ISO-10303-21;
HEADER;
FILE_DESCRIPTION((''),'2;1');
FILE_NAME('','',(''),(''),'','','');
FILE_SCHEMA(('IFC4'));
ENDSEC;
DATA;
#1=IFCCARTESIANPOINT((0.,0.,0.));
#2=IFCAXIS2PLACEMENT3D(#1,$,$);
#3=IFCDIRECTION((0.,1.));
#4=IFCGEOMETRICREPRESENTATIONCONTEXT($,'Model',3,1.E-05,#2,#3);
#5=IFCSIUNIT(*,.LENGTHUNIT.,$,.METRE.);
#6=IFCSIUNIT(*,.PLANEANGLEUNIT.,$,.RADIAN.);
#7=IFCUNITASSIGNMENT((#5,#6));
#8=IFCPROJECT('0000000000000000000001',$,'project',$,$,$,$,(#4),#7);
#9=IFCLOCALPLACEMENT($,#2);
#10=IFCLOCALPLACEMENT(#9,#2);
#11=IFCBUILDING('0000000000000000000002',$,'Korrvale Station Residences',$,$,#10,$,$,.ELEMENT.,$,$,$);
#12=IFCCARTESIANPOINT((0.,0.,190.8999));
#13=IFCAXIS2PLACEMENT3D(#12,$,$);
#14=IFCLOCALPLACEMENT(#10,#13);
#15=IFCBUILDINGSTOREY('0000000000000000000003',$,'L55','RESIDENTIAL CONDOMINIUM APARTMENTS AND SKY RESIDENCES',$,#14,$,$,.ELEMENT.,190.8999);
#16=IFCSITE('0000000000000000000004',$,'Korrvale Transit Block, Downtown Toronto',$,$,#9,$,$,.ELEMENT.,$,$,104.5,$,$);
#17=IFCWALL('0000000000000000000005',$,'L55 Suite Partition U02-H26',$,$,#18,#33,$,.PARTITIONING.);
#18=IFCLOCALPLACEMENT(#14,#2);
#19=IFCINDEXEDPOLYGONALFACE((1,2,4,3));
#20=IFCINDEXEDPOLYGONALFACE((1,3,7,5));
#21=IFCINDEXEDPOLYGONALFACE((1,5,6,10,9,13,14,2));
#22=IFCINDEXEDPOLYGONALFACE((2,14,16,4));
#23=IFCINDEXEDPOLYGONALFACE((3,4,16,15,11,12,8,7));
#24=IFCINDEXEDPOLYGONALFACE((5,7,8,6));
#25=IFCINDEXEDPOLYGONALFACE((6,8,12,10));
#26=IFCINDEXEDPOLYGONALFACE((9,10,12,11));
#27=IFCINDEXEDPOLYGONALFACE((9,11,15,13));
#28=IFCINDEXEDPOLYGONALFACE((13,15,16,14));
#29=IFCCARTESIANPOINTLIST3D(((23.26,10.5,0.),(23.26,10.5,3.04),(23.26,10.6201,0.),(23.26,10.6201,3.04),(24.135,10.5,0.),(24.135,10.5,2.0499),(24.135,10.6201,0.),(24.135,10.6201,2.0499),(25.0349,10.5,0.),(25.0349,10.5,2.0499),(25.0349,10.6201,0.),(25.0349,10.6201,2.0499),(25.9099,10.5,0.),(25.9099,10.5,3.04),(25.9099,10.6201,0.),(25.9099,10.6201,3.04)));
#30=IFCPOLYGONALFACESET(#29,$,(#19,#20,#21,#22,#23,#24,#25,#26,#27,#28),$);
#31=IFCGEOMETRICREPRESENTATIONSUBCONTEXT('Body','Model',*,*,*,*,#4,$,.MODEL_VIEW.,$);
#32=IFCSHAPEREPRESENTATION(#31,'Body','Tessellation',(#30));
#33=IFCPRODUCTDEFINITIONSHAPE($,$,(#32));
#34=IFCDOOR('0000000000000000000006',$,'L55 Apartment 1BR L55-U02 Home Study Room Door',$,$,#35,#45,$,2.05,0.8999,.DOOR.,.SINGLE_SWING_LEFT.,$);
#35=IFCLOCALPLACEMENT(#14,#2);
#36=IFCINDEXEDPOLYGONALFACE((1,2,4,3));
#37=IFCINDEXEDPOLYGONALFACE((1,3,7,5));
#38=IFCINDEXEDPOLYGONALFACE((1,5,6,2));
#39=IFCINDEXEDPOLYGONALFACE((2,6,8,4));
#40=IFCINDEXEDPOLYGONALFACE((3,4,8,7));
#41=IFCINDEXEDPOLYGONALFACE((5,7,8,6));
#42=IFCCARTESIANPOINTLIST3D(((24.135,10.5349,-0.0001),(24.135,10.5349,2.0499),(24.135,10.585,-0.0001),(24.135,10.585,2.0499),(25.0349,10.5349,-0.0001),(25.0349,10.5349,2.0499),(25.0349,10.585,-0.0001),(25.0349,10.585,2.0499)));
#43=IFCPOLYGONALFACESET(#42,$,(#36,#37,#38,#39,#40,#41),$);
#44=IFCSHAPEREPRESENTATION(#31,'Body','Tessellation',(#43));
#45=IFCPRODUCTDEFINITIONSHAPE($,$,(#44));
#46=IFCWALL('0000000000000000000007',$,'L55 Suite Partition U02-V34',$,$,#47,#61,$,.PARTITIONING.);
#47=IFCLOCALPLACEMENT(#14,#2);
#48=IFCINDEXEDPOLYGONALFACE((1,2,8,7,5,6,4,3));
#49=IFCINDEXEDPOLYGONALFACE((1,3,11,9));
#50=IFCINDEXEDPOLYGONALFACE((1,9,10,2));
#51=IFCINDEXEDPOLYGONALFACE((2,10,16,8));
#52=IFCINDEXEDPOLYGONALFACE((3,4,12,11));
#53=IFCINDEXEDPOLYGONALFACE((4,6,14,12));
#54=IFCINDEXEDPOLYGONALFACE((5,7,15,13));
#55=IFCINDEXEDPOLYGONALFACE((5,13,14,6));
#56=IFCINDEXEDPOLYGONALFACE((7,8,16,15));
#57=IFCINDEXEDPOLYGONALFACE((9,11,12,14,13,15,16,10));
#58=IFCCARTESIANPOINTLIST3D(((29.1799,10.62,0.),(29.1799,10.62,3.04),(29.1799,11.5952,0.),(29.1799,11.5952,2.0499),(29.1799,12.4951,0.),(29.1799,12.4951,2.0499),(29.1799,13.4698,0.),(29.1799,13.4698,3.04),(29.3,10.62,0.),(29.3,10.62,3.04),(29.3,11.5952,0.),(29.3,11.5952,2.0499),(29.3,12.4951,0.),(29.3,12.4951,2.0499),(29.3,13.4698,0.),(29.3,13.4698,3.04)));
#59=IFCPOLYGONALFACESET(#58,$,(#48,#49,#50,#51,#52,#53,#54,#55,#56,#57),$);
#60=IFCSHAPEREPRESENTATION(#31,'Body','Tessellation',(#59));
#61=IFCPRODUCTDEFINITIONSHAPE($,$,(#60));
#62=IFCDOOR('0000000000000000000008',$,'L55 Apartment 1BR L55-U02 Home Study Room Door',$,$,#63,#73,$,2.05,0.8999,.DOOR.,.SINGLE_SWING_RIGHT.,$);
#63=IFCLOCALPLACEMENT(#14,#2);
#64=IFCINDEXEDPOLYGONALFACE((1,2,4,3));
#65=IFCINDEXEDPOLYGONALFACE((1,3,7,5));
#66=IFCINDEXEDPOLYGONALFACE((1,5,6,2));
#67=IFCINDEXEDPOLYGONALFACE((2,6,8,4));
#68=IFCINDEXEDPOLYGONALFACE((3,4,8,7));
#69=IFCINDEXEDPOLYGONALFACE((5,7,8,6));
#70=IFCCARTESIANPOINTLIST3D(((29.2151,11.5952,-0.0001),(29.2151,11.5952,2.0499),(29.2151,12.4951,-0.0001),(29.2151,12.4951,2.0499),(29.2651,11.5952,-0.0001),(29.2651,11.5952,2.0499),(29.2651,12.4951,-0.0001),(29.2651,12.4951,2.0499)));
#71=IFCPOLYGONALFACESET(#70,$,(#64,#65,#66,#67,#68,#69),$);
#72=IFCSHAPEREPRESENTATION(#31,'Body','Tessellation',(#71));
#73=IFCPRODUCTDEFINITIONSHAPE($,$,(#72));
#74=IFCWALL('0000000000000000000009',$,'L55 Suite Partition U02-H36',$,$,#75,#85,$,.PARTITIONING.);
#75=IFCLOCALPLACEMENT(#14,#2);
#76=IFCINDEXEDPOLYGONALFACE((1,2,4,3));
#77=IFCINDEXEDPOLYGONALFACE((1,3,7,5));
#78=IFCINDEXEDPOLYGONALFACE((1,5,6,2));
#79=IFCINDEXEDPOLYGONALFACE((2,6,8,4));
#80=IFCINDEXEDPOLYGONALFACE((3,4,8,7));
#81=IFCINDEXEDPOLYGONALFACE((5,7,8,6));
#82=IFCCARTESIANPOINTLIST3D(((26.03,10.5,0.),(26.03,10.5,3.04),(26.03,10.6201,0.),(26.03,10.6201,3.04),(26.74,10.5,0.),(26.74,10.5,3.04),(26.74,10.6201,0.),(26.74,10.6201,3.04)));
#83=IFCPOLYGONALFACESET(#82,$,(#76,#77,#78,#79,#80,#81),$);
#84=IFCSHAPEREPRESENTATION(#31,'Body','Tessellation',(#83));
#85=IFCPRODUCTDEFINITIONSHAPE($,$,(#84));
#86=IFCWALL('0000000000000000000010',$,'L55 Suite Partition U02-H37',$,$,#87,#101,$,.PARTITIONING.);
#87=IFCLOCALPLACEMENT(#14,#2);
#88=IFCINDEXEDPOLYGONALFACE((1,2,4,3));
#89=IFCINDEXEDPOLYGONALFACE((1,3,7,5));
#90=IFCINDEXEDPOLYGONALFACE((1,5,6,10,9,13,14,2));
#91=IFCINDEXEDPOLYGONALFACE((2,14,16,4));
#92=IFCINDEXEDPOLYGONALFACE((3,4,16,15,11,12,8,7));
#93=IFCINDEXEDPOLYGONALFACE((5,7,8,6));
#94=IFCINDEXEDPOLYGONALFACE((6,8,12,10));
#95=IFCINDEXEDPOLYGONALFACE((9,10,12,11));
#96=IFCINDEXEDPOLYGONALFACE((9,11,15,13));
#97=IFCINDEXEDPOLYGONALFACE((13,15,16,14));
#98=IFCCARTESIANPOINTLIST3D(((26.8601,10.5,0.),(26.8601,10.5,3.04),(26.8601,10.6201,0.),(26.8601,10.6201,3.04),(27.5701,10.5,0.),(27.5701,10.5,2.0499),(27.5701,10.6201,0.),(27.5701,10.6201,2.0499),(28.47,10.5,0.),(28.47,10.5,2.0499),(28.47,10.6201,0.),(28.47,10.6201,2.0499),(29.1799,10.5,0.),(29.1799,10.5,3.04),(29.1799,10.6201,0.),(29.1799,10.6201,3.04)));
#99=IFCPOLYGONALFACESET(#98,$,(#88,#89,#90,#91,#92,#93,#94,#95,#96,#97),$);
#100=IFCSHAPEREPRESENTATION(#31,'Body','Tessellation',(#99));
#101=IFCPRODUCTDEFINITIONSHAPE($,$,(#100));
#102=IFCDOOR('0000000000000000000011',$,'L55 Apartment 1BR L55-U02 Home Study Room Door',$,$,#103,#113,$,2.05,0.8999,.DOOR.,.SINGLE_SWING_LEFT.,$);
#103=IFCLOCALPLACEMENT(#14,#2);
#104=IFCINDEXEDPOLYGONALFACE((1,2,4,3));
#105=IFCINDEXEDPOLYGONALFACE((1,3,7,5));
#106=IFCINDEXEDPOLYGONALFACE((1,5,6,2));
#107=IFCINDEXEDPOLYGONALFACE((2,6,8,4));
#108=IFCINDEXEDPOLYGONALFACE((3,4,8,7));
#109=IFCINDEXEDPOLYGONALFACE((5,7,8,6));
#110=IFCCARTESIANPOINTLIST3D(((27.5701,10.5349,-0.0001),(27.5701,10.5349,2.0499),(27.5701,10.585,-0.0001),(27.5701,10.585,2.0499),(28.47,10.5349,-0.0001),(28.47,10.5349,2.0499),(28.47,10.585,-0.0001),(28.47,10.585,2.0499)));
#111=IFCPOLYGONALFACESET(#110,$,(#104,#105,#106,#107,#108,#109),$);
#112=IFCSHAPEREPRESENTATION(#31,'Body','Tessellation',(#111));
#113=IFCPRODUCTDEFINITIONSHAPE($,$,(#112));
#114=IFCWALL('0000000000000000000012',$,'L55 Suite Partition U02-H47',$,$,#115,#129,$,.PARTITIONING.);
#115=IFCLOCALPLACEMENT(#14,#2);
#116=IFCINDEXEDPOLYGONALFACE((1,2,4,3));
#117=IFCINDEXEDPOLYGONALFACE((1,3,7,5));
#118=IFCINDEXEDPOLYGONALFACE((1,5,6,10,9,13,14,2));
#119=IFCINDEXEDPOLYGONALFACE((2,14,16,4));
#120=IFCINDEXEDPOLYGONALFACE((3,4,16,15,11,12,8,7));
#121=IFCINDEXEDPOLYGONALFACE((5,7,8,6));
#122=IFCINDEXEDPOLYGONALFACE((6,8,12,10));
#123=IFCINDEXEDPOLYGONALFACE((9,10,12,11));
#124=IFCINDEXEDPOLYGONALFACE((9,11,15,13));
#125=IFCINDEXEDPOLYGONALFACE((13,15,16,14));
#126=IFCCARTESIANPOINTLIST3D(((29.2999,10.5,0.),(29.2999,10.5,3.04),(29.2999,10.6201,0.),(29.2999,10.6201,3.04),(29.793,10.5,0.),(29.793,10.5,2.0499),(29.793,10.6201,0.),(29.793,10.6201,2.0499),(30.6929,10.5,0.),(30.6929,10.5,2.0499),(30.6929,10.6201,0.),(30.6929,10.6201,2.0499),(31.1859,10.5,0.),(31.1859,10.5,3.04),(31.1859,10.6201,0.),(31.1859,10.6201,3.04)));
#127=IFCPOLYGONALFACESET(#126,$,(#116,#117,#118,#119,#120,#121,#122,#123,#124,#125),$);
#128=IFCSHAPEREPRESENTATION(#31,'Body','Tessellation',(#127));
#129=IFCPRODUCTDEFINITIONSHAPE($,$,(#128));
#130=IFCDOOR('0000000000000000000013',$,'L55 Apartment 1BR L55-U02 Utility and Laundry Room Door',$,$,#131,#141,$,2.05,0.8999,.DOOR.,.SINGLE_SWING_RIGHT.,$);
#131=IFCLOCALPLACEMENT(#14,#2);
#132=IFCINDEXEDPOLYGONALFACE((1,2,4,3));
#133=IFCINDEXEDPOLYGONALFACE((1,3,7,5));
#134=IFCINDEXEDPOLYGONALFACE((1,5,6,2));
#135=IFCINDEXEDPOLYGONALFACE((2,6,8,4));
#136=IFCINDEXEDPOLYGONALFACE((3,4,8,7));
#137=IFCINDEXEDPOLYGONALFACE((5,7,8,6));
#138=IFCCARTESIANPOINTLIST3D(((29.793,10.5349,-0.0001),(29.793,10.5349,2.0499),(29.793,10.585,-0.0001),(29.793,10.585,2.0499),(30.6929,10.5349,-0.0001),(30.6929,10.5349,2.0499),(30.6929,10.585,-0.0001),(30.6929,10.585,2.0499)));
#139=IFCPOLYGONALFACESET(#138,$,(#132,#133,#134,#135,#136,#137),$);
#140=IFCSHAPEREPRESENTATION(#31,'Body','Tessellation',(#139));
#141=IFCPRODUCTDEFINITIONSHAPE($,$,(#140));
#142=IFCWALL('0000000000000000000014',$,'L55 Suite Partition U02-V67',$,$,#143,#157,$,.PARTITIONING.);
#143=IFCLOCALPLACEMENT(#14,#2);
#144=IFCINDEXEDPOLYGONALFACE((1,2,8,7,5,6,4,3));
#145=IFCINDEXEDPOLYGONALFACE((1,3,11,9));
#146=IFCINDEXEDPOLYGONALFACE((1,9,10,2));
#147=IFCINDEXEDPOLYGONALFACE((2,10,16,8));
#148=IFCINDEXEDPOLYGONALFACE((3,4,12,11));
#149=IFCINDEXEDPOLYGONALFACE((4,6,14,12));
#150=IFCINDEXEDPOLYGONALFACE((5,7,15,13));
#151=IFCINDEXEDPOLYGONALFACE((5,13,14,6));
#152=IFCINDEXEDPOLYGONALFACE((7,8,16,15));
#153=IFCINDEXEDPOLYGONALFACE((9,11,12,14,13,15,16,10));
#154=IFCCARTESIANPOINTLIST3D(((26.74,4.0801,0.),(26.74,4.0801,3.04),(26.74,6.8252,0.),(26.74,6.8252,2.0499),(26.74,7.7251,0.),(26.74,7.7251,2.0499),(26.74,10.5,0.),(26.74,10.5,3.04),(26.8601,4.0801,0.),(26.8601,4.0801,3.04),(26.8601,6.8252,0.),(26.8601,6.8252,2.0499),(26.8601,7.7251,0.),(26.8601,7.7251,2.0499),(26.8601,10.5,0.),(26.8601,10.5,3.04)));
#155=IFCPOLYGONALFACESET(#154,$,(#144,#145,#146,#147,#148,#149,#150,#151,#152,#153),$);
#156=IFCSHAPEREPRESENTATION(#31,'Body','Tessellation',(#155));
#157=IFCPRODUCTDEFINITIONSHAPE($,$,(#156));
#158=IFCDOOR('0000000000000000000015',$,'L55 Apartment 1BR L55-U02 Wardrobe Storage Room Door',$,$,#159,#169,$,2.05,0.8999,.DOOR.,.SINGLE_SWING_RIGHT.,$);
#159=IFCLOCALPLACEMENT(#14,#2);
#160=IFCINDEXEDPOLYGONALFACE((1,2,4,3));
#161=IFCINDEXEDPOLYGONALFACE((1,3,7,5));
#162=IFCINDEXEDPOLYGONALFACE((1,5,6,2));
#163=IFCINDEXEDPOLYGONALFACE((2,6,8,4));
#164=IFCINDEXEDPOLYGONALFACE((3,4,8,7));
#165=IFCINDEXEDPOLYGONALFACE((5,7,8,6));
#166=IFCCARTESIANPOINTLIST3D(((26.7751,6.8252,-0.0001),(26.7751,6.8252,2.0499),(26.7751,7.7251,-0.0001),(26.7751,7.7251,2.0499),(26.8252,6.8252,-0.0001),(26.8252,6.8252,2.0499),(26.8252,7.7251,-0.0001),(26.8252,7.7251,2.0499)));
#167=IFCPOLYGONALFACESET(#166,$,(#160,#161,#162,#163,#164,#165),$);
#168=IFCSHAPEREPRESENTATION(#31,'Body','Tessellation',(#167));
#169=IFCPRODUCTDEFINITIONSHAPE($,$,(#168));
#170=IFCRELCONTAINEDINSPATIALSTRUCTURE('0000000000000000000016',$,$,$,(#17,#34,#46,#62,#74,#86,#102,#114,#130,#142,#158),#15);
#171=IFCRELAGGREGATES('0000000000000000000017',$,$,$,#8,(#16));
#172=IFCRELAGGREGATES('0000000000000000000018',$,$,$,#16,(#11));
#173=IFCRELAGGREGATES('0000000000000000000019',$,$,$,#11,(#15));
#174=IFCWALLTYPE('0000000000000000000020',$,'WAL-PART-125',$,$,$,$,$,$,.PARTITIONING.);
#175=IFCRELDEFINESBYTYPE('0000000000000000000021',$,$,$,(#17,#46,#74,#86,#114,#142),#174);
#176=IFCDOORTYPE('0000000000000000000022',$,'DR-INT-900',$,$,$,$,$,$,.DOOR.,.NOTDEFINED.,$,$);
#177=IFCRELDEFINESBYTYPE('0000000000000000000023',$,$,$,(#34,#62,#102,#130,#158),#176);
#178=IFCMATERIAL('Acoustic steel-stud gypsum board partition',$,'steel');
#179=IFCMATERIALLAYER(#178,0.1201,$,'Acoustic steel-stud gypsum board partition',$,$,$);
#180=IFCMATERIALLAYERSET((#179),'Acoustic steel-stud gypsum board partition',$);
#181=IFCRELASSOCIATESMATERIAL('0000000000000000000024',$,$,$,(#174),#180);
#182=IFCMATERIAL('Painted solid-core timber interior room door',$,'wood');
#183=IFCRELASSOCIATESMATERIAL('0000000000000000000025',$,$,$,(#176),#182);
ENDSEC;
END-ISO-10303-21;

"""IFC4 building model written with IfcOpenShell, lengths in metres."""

from ifc_helpers import new_model, si_unit, direction, frame, frame_2d, origin, place, context, subcontext, project, spatial, rectangle, extrude, material, layer, layer_set, type_object, element, fill, save


model = new_model("IFC4")

# Units and contexts
model_context = context("Model", 3, precision=1e-05, world=origin(), true_north=direction((0.0, 1.0)))
body_context = subcontext(model_context, "Body", "Model", "MODEL_VIEW")
ifc_project = project(units=[si_unit("LENGTHUNIT", "METRE"), si_unit("PLANEANGLEUNIT", "RADIAN")], contexts=[model_context])

# Site, building, storey
site_placement = place(None, origin())
site = spatial("IfcSite", under=ifc_project, at=site_placement, Name="Korrvale Transit Block, Downtown Toronto", CompositionType="ELEMENT", RefElevation=104.5)
building_placement = place(site_placement, origin())
building = spatial("IfcBuilding", under=site, at=building_placement, Name="Korrvale Station Residences", CompositionType="ELEMENT")
storey_placement = place(building_placement, frame((0.0, 0.0, 190.8999)))
storey = spatial("IfcBuildingStorey", under=building, at=storey_placement, Name="L55", Description="RESIDENTIAL CONDOMINIUM APARTMENTS AND SKY RESIDENCES", CompositionType="ELEMENT", Elevation=190.8999)

# Walls, openings, doors
ifc_material_1 = material(Name="Acoustic steel-stud gypsum board partition", Category="steel")
ifc_layer_1 = layer(ifc_material_1, 0.1201, Name="Acoustic steel-stud gypsum board partition")
ifc_layer_set_1 = layer_set([ifc_layer_1], Name="Acoustic steel-stud gypsum board partition")
wall_type_1 = type_object("IfcWallType", Name="WAL-PART-125", PredefinedType="PARTITIONING", material=ifc_layer_set_1)
ifc_material_2 = material(Name="Painted solid-core timber interior room door", Category="wood")
door_type = type_object("IfcDoorType", Name="DR-INT-900", OperationType="NOTDEFINED", PredefinedType="DOOR", material=ifc_material_2)
wall_1_placement = place(storey_placement, frame((23.26, 10.5601, 0.0), z_axis=(0.0, 0.0, 1.0), x_axis=(1.0, 0.0, 0.0)))
wall_1 = element("IfcWall", 1, at=wall_1_placement, inside=storey, type_object=wall_type_1, Name="L55 Suite Partition U02-H26", PredefinedType="PARTITIONING", context=body_context, shape_type="SweptSolid", body=[
    extrude(rectangle(XDim=2.6499, YDim=0.1201, at=frame_2d((1.325, 0.0))), origin(), (0.0, 0.0, 1.0), 3.04),
])
opening_1_placement = place(wall_1_placement, frame((0.875, 0.0, 0.0)))
opening_1 = element("IfcOpeningElement", 2, at=opening_1_placement, cuts=wall_1, PredefinedType="OPENING", context=body_context, shape_type="SweptSolid", body=[
    extrude(rectangle(XDim=0.8999, YDim=2.05, at=frame_2d((0.45, 1.0249))), frame((0.0, 0.0701, 0.0), z_axis=(0.0, -1.0, 0.0), x_axis=(1.0, 0.0, 0.0)), (0.0, 0.0, 1.0), 0.1401),
])
door_1_placement = place(opening_1_placement, origin())
door_1 = element("IfcDoor", 3, at=door_1_placement, inside=storey, type_object=door_type, Name="L55 Apartment 1BR L55-U02 Home Study Room Door", OperationType="SINGLE_SWING_LEFT", OverallHeight=2.05, OverallWidth=0.8999, PredefinedType="DOOR", context=body_context, shape_type="SweptSolid", body=[
    extrude(rectangle(XDim=0.8999, YDim=2.05, at=frame_2d((0.45, 1.0249))), frame((0.0, 0.0249, 0.0), z_axis=(0.0, -1.0, 0.0), x_axis=(1.0, 0.0, 0.0)), (0.0, 0.0, 1.0), 0.05),
])
fill(opening_1, door_1)
wall_2_placement = place(storey_placement, frame((29.24, 10.6201, 0.0), z_axis=(0.0, 0.0, 1.0), x_axis=(0.0, 1.0, 0.0)))
wall_2 = element("IfcWall", 4, at=wall_2_placement, inside=storey, type_object=wall_type_1, Name="L55 Suite Partition U02-V34", PredefinedType="PARTITIONING", context=body_context, shape_type="SweptSolid", body=[
    extrude(rectangle(XDim=2.8499, YDim=0.1201, at=frame_2d((1.4248, 0.0))), origin(), (0.0, 0.0, 1.0), 3.04),
])
opening_2_placement = place(wall_2_placement, frame((0.9751, 0.0, 0.0)))
opening_2 = element("IfcOpeningElement", 5, at=opening_2_placement, cuts=wall_2, PredefinedType="OPENING", context=body_context, shape_type="SweptSolid", body=[
    extrude(rectangle(XDim=0.8999, YDim=2.05, at=frame_2d((0.45, 1.0249))), frame((0.0, 0.0701, 0.0), z_axis=(0.0, -1.0, 0.0), x_axis=(1.0, 0.0, 0.0)), (0.0, 0.0, 1.0), 0.1401),
])
door_2_placement = place(opening_2_placement, origin())
door_2 = element("IfcDoor", 6, at=door_2_placement, inside=storey, type_object=door_type, Name="L55 Apartment 1BR L55-U02 Home Study Room Door", OperationType="SINGLE_SWING_RIGHT", OverallHeight=2.05, OverallWidth=0.8999, PredefinedType="DOOR", context=body_context, shape_type="SweptSolid", body=[
    extrude(rectangle(XDim=0.8999, YDim=2.05, at=frame_2d((0.45, 1.0249))), frame((0.0, 0.0249, 0.0), z_axis=(0.0, -1.0, 0.0), x_axis=(1.0, 0.0, 0.0)), (0.0, 0.0, 1.0), 0.05),
])
fill(opening_2, door_2)

# Wall
wall_3_placement = place(storey_placement, frame((26.03, 10.5601, 0.0), z_axis=(0.0, 0.0, 1.0), x_axis=(1.0, 0.0, 0.0)))
element("IfcWall", 7, at=wall_3_placement, inside=storey, type_object=wall_type_1, Name="L55 Suite Partition U02-H36", PredefinedType="PARTITIONING", context=body_context, shape_type="SweptSolid", body=[
    extrude(rectangle(XDim=0.71, YDim=0.1201, at=frame_2d((0.355, 0.0))), origin(), (0.0, 0.0, 1.0), 3.04),
])

# Walls, openings, doors
wall_4_placement = place(storey_placement, frame((26.8601, 10.5601, 0.0), z_axis=(0.0, 0.0, 1.0), x_axis=(1.0, 0.0, 0.0)))
wall_4 = element("IfcWall", 8, at=wall_4_placement, inside=storey, type_object=wall_type_1, Name="L55 Suite Partition U02-H37", PredefinedType="PARTITIONING", context=body_context, shape_type="SweptSolid", body=[
    extrude(rectangle(XDim=2.3198, YDim=0.1201, at=frame_2d((1.1599, 0.0))), origin(), (0.0, 0.0, 1.0), 3.04),
])
opening_3_placement = place(wall_4_placement, frame((0.71, 0.0, 0.0)))
opening_3 = element("IfcOpeningElement", 9, at=opening_3_placement, cuts=wall_4, PredefinedType="OPENING", context=body_context, shape_type="SweptSolid", body=[
    extrude(rectangle(XDim=0.8999, YDim=2.05, at=frame_2d((0.45, 1.0249))), frame((0.0, 0.0701, 0.0), z_axis=(0.0, -1.0, 0.0), x_axis=(1.0, 0.0, 0.0)), (0.0, 0.0, 1.0), 0.1401),
])
door_3_placement = place(opening_3_placement, origin())
door_3 = element("IfcDoor", 10, at=door_3_placement, inside=storey, type_object=door_type, Name="L55 Apartment 1BR L55-U02 Home Study Room Door", OperationType="SINGLE_SWING_LEFT", OverallHeight=2.05, OverallWidth=0.8999, PredefinedType="DOOR", context=body_context, shape_type="SweptSolid", body=[
    extrude(rectangle(XDim=0.8999, YDim=2.05, at=frame_2d((0.45, 1.0249))), frame((0.0, 0.0249, 0.0), z_axis=(0.0, -1.0, 0.0), x_axis=(1.0, 0.0, 0.0)), (0.0, 0.0, 1.0), 0.05),
])
fill(opening_3, door_3)
wall_5_placement = place(storey_placement, frame((29.3, 10.5601, 0.0), z_axis=(0.0, 0.0, 1.0), x_axis=(1.0, 0.0, 0.0)))
wall_5 = element("IfcWall", 11, at=wall_5_placement, inside=storey, type_object=wall_type_1, Name="L55 Suite Partition U02-H47", PredefinedType="PARTITIONING", context=body_context, shape_type="SweptSolid", body=[
    extrude(rectangle(XDim=1.886, YDim=0.1201, at=frame_2d((0.9429, 0.0))), origin(), (0.0, 0.0, 1.0), 3.04),
])
opening_4_placement = place(wall_5_placement, frame((0.4929, 0.0, 0.0)))
opening_4 = element("IfcOpeningElement", 12, at=opening_4_placement, cuts=wall_5, PredefinedType="OPENING", context=body_context, shape_type="SweptSolid", body=[
    extrude(rectangle(XDim=0.8999, YDim=2.05, at=frame_2d((0.45, 1.0249))), frame((0.0, 0.0701, 0.0), z_axis=(0.0, -1.0, 0.0), x_axis=(1.0, 0.0, 0.0)), (0.0, 0.0, 1.0), 0.1401),
])
door_4_placement = place(opening_4_placement, origin())
door_4 = element("IfcDoor", 13, at=door_4_placement, inside=storey, type_object=door_type, Name="L55 Apartment 1BR L55-U02 Utility and Laundry Room Door", OperationType="SINGLE_SWING_RIGHT", OverallHeight=2.05, OverallWidth=0.8999, PredefinedType="DOOR", context=body_context, shape_type="SweptSolid", body=[
    extrude(rectangle(XDim=0.8999, YDim=2.05, at=frame_2d((0.45, 1.0249))), frame((0.0, 0.0249, 0.0), z_axis=(0.0, -1.0, 0.0), x_axis=(1.0, 0.0, 0.0)), (0.0, 0.0, 1.0), 0.05),
])
fill(opening_4, door_4)
wall_6_placement = place(storey_placement, frame((26.8, 4.0801, 0.0), z_axis=(0.0, 0.0, 1.0), x_axis=(0.0, 1.0, 0.0)))
wall_6 = element("IfcWall", 14, at=wall_6_placement, inside=storey, type_object=wall_type_1, Name="L55 Suite Partition U02-V67", PredefinedType="PARTITIONING", context=body_context, shape_type="SweptSolid", body=[
    extrude(rectangle(XDim=6.4199, YDim=0.1201, at=frame_2d((3.21, 0.0))), origin(), (0.0, 0.0, 1.0), 3.04),
])
opening_5_placement = place(wall_6_placement, frame((2.7451, 0.0, 0.0)))
opening_5 = element("IfcOpeningElement", 15, at=opening_5_placement, cuts=wall_6, PredefinedType="OPENING", context=body_context, shape_type="SweptSolid", body=[
    extrude(rectangle(XDim=0.8999, YDim=2.05, at=frame_2d((0.45, 1.0249))), frame((0.0, 0.0701, 0.0), z_axis=(0.0, -1.0, 0.0), x_axis=(1.0, 0.0, 0.0)), (0.0, 0.0, 1.0), 0.1401),
])
door_5_placement = place(opening_5_placement, origin())
door_5 = element("IfcDoor", 16, at=door_5_placement, inside=storey, type_object=door_type, Name="L55 Apartment 1BR L55-U02 Wardrobe Storage Room Door", OperationType="SINGLE_SWING_RIGHT", OverallHeight=2.05, OverallWidth=0.8999, PredefinedType="DOOR", context=body_context, shape_type="SweptSolid", body=[
    extrude(rectangle(XDim=0.8999, YDim=2.05, at=frame_2d((0.45, 1.0249))), frame((0.0, 0.0249, 0.0), z_axis=(0.0, -1.0, 0.0), x_axis=(1.0, 0.0, 0.0)), (0.0, 0.0, 1.0), 0.05),
])
fill(opening_5, door_5)

save(model, "model.ifc")
